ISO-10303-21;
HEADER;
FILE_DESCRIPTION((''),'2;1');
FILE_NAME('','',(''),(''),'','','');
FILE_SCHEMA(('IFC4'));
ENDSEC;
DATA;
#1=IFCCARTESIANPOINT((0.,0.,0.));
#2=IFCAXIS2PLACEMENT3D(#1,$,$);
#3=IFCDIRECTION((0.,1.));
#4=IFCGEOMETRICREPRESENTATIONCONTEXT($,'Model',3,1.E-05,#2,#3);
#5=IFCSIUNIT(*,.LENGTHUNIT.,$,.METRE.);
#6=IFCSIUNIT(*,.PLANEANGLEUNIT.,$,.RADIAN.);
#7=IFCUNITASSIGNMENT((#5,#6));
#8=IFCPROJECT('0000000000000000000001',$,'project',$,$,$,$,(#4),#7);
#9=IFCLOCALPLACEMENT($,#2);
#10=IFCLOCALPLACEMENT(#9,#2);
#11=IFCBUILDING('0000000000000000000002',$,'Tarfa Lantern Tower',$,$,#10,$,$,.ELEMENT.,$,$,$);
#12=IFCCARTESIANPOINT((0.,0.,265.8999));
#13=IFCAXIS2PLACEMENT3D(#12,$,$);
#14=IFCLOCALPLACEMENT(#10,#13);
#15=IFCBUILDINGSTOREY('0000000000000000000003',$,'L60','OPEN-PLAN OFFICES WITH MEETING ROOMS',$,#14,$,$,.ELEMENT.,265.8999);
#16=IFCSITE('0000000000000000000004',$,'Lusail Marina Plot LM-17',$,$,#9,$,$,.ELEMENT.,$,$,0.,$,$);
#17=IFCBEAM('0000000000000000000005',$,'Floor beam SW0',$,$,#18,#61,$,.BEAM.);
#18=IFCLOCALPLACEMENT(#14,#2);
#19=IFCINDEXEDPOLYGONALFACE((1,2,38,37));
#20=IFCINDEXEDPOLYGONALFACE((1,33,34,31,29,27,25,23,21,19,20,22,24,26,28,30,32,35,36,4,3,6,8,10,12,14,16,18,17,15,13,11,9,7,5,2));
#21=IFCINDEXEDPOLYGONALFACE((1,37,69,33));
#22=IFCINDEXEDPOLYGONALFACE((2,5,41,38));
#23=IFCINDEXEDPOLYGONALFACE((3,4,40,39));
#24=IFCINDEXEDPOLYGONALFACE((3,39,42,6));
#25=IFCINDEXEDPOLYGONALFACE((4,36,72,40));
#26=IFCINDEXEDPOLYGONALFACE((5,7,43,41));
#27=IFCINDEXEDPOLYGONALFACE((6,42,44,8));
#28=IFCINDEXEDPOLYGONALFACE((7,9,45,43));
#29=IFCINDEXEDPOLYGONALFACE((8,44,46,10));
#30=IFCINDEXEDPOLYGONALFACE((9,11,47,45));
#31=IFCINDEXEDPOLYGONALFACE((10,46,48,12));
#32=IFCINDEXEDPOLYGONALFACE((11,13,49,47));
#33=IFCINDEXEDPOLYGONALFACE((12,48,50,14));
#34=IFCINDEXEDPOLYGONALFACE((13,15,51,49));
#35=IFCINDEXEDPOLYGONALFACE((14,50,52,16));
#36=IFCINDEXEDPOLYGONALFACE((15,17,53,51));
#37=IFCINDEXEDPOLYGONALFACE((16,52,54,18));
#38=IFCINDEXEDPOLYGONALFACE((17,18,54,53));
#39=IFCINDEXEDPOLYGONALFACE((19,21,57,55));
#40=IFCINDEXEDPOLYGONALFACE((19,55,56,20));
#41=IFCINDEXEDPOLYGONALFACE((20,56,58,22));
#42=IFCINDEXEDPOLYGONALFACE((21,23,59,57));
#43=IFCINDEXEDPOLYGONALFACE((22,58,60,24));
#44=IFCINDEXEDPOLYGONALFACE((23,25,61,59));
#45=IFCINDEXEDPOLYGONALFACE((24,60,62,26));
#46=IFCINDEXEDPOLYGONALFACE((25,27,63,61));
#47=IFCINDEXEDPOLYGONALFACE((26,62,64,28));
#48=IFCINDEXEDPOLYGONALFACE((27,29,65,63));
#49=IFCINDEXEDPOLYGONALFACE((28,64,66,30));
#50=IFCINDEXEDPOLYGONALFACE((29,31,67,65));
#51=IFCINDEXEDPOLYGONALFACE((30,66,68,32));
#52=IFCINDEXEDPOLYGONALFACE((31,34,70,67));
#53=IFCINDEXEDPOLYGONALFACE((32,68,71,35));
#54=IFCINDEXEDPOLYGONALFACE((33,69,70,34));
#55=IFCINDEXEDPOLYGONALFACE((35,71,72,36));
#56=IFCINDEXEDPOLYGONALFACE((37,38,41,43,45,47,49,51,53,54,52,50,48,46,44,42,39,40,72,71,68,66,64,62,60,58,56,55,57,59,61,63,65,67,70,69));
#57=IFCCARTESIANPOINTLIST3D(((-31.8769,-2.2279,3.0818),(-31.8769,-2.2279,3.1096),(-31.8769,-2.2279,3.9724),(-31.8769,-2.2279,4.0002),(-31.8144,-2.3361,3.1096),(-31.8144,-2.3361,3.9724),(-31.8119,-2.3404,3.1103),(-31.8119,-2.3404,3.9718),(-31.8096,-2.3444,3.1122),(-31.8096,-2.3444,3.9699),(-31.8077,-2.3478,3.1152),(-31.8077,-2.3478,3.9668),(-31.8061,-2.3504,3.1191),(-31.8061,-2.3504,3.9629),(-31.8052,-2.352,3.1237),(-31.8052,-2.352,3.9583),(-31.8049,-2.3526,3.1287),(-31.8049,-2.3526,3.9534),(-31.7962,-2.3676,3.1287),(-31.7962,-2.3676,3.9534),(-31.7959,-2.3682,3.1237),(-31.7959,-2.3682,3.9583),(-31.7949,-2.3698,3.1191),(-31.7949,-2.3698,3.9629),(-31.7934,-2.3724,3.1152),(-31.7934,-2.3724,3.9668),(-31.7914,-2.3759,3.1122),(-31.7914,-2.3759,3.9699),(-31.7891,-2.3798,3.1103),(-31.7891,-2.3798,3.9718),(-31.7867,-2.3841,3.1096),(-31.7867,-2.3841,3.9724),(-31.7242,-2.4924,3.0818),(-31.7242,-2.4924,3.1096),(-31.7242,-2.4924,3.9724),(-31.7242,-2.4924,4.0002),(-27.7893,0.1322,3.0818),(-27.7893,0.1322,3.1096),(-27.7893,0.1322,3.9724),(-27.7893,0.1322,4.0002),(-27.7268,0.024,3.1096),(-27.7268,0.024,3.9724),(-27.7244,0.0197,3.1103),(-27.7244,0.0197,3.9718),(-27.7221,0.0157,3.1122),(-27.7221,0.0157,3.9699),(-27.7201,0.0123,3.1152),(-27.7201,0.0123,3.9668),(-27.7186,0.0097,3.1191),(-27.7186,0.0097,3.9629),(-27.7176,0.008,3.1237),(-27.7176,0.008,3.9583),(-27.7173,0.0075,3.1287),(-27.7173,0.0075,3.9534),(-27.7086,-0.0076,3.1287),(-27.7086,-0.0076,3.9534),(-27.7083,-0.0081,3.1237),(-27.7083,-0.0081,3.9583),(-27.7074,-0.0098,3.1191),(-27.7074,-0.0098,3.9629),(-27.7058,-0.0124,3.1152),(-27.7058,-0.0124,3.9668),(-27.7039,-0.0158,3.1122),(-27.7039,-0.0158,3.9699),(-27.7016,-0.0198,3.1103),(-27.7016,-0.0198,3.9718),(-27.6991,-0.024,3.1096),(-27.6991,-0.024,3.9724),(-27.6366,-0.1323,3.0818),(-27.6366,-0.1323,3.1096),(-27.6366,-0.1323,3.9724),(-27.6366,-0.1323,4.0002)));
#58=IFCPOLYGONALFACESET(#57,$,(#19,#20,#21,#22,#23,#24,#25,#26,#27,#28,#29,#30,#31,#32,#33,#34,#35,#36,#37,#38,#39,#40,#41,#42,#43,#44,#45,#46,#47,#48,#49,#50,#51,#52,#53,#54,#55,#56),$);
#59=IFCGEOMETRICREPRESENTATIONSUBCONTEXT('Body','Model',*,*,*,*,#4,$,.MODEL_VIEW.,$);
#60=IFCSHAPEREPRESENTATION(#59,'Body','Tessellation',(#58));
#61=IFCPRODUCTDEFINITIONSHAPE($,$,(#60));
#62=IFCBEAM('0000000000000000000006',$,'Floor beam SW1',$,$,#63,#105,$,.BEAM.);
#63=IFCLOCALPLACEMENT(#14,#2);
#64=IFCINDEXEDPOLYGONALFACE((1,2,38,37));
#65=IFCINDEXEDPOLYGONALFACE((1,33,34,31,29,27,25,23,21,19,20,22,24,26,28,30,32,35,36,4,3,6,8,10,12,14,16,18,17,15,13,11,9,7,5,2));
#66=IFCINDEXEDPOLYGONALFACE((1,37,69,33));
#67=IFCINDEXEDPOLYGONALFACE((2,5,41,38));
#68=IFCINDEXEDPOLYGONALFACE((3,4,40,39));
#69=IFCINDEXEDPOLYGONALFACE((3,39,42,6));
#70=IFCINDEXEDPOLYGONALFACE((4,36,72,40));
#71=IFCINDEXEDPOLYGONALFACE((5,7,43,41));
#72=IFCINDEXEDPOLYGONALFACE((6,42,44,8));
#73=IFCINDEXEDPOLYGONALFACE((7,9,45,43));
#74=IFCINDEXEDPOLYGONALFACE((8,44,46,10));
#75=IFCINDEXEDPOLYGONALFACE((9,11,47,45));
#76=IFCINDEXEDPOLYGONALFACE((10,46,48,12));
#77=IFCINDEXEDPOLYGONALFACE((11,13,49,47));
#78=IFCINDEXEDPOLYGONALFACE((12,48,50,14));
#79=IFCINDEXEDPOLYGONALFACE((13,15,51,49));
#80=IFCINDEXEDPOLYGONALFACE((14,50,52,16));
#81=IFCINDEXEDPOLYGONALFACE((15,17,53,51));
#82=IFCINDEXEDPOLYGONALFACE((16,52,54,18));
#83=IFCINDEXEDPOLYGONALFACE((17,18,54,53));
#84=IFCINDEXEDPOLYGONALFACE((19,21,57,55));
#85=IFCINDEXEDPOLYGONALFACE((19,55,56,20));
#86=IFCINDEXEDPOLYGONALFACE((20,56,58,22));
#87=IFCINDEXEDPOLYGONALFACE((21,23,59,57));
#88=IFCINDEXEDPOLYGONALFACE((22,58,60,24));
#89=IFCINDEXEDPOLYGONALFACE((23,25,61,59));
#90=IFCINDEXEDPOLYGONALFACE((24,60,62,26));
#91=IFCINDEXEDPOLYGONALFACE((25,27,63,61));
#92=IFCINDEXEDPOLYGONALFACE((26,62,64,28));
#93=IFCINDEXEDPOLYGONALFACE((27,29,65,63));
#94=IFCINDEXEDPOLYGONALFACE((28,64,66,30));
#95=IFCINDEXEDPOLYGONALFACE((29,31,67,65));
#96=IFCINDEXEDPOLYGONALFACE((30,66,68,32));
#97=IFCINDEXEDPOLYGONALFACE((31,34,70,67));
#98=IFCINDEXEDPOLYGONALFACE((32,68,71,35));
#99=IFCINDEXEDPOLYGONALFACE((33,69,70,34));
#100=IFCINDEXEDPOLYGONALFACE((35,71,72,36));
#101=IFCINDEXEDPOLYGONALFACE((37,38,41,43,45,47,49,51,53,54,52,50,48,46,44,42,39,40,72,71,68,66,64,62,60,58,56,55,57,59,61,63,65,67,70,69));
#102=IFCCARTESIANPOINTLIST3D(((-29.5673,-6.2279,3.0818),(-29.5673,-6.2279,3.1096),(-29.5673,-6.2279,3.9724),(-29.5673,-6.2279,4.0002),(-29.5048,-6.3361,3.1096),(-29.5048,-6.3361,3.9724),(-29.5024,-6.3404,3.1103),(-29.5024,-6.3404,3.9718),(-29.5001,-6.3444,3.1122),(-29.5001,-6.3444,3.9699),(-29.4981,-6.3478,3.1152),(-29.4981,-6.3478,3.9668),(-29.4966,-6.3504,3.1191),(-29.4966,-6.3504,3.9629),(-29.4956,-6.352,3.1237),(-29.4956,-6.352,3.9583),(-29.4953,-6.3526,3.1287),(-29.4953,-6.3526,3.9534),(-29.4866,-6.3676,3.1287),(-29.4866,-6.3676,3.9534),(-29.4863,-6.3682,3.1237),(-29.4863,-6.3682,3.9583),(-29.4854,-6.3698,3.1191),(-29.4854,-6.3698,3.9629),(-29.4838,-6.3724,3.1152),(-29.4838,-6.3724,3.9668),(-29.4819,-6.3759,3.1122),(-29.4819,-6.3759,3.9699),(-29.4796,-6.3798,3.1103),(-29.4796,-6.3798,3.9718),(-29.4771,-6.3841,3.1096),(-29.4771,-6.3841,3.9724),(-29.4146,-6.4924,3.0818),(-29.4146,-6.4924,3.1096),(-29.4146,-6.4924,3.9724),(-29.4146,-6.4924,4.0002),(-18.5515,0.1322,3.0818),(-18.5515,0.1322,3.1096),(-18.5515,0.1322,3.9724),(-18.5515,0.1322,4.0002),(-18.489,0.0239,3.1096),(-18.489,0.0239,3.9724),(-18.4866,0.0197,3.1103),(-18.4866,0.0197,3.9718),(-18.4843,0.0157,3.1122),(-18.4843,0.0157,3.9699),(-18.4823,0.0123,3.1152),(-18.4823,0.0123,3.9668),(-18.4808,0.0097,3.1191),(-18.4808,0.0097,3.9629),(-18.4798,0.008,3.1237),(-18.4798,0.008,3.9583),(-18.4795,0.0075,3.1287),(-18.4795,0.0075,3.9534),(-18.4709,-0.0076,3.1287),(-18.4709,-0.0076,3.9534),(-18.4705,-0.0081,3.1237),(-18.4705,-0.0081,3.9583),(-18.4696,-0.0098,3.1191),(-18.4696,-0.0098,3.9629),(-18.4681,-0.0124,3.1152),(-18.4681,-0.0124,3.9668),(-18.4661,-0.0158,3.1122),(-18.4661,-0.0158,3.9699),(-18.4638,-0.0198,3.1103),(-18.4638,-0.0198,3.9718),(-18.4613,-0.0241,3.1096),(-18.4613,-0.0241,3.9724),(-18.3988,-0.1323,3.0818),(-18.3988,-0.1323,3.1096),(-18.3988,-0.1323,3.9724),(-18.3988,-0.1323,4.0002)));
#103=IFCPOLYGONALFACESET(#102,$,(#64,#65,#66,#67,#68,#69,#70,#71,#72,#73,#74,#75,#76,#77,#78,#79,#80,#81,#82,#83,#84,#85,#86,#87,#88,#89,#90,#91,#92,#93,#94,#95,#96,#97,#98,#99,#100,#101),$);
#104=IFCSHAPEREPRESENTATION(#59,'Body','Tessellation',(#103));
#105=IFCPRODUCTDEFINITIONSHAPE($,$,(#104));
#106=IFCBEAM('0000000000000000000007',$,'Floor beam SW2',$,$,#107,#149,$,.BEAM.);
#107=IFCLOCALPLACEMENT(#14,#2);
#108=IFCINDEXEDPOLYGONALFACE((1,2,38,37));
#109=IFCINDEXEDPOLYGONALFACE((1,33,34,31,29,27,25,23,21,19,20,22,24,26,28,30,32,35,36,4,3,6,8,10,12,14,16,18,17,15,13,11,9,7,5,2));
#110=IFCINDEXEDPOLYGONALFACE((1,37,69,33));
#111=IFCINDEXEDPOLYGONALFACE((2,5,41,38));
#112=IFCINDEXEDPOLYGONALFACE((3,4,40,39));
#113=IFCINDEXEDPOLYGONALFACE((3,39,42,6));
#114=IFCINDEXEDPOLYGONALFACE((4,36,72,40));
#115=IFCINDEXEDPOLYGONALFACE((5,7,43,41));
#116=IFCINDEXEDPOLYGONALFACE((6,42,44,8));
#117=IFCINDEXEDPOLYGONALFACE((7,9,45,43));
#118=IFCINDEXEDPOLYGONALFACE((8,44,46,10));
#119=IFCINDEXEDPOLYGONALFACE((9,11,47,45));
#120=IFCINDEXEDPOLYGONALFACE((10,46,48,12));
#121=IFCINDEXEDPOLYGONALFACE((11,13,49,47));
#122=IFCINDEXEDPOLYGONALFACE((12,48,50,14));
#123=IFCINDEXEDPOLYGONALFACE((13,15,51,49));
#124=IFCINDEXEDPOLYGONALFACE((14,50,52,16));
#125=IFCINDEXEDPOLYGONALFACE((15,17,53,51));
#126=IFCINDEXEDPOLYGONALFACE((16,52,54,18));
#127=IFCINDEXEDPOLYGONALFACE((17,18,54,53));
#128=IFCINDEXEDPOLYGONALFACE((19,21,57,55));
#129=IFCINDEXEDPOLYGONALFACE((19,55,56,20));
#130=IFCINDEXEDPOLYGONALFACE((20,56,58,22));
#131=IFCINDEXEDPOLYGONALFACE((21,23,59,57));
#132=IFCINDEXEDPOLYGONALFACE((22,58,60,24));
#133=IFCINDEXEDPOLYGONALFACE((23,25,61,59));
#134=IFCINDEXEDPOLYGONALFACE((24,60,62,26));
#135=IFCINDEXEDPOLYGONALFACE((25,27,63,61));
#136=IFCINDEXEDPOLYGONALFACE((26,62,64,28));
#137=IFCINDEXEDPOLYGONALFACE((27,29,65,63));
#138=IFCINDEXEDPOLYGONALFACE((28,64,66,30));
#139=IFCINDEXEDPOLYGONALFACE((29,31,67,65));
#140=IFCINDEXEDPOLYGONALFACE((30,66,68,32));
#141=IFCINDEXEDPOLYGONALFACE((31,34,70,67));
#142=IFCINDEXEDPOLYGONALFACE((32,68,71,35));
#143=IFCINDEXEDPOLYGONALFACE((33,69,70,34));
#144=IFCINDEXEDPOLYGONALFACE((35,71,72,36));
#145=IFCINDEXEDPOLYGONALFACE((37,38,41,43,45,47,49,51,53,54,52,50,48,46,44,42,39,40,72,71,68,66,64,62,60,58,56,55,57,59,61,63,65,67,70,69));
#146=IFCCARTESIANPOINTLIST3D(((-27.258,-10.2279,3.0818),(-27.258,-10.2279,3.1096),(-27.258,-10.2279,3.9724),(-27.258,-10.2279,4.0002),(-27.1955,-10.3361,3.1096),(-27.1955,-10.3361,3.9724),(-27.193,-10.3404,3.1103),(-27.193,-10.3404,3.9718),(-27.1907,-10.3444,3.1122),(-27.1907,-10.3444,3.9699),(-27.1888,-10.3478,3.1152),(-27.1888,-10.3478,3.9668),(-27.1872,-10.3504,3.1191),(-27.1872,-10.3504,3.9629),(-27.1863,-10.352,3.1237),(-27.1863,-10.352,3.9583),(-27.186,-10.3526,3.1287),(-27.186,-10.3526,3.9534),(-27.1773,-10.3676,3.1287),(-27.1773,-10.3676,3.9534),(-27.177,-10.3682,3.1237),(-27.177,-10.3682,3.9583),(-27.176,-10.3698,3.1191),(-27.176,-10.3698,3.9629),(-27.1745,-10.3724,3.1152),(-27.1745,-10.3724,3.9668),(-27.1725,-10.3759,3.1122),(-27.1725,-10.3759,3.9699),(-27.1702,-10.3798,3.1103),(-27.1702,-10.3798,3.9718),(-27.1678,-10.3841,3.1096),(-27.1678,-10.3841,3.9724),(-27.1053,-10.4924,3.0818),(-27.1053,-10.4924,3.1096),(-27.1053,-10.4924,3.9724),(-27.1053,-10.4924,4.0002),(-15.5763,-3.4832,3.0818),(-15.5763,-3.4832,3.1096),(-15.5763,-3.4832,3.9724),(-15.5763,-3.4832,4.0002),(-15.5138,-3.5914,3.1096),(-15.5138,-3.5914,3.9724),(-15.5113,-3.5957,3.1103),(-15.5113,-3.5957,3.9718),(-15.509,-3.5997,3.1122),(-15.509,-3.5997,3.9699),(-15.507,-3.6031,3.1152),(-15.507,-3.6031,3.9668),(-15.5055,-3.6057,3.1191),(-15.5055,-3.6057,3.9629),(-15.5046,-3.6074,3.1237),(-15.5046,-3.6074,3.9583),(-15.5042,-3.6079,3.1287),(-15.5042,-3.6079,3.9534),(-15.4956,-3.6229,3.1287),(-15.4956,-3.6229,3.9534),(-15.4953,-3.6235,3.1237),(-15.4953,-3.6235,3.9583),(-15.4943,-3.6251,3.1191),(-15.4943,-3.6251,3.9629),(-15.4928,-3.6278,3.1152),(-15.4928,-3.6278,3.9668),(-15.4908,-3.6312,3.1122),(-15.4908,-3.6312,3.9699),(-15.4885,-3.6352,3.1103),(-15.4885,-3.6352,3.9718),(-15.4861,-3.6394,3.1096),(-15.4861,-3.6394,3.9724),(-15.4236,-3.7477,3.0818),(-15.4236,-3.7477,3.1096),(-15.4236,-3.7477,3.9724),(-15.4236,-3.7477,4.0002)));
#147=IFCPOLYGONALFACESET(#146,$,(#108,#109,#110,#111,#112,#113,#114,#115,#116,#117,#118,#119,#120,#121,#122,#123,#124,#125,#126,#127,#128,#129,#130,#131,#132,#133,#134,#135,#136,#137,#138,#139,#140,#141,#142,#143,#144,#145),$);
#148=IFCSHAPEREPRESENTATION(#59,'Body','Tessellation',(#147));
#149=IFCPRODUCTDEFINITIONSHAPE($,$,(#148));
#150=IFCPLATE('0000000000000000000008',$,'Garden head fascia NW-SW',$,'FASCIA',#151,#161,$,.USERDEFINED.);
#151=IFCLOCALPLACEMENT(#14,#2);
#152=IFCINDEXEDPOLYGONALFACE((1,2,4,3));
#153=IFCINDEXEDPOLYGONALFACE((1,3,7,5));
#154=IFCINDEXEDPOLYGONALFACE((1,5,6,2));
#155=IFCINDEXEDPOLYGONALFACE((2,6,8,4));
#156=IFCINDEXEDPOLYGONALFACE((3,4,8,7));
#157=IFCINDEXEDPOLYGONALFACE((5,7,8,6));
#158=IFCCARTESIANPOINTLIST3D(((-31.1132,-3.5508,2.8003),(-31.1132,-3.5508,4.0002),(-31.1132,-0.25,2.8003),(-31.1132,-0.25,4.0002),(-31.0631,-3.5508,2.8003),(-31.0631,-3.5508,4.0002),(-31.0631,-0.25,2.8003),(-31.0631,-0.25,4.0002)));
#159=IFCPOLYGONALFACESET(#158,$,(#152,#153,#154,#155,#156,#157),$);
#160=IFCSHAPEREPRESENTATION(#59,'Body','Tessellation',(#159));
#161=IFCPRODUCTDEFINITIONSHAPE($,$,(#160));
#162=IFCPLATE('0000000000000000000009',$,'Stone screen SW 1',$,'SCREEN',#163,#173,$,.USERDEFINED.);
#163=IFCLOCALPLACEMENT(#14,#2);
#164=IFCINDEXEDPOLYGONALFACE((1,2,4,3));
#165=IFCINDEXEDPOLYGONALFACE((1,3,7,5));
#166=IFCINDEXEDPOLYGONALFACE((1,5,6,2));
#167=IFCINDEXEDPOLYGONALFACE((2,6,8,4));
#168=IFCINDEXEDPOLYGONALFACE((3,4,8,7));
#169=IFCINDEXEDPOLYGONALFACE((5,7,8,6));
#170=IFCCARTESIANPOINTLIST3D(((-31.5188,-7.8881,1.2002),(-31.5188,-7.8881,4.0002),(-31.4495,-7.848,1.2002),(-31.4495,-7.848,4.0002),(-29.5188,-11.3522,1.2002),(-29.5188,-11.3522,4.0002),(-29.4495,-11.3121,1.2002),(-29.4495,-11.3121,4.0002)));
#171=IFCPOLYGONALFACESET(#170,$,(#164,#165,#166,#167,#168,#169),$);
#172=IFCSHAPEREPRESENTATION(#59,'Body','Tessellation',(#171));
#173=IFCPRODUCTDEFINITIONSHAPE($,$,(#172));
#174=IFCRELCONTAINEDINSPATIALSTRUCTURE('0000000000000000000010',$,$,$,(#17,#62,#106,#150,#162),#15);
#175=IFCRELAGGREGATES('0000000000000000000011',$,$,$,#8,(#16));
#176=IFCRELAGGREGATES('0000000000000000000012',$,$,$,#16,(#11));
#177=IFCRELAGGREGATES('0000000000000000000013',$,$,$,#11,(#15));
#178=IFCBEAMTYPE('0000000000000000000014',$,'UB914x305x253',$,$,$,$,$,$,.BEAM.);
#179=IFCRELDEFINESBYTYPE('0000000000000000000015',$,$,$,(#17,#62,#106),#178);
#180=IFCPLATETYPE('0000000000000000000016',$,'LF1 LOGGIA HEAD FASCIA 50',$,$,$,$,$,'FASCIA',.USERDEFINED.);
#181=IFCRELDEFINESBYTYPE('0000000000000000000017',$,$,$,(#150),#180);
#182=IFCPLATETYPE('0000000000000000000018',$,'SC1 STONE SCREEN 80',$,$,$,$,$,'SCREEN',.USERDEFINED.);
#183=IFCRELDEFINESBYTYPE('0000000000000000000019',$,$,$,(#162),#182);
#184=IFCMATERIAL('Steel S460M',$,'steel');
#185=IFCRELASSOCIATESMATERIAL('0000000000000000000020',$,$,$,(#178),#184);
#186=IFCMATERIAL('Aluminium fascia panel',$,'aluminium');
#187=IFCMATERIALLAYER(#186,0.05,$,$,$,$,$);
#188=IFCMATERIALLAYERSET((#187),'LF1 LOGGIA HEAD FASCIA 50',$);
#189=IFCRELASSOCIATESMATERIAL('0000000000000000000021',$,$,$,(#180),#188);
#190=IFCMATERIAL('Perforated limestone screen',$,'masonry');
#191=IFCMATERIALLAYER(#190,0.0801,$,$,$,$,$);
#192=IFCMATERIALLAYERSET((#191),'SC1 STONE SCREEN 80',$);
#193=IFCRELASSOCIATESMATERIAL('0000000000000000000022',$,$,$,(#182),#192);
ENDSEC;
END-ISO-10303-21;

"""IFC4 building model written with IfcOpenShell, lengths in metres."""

from ifc_helpers import new_model, si_unit, direction, frame, origin, origin_2d, place, context, subcontext, project, spatial, rectangle, i_section, extrude, material, layer, layer_set, material_profile, profile_set, type_object, element, save


model = new_model("IFC4")

# Units and contexts
model_context = context("Model", 3, precision=1e-05, world=origin(), true_north=direction((0.0, 1.0)))
body_context = subcontext(model_context, "Body", "Model", "MODEL_VIEW")
ifc_project = project(units=[si_unit("LENGTHUNIT", "METRE"), si_unit("PLANEANGLEUNIT", "RADIAN")], contexts=[model_context])

# Site, building, storey
site_placement = place(None, origin())
site = spatial("IfcSite", under=ifc_project, at=site_placement, Name="Lusail Marina Plot LM-17", CompositionType="ELEMENT", RefElevation=0.0)
building_placement = place(site_placement, origin())
building = spatial("IfcBuilding", under=site, at=building_placement, Name="Tarfa Lantern Tower", CompositionType="ELEMENT")
storey_placement = place(building_placement, frame((0.0, 0.0, 265.8999)))
storey = spatial("IfcBuildingStorey", under=building, at=storey_placement, Name="L60", Description="OPEN-PLAN OFFICES WITH MEETING ROOMS", CompositionType="ELEMENT", Elevation=265.8999)

# Beams
ifc_material_1 = material(Name="Steel S460M", Category="steel")
ifc_material_profile_1 = material_profile(ifc_material_1, i_section(OverallWidth=0.3054, OverallDepth=0.9185, WebThickness=0.0173, FlangeThickness=0.0278, FilletRadius=0.019, at=origin_2d()), Name="UB914x305x253")
ifc_profile_set_1 = profile_set([ifc_material_profile_1], Name="Steel S460M")
beam_type_1 = type_object("IfcBeamType", Name="UB914x305x253", PredefinedType="BEAM", material=ifc_profile_set_1)
beam_1_placement = place(storey_placement, frame((-31.8005, -2.3601, 3.541), z_axis=(0.866016, 0.500016, 0.0), x_axis=(-0.500016, 0.866016, 0.0)))
element("IfcBeam", 1, at=beam_1_placement, inside=storey, type_object=beam_type_1, Name="Floor beam SW0", PredefinedType="BEAM", context=body_context, shape_type="SweptSolid", body=[
    extrude(i_section(OverallWidth=0.3054, OverallDepth=0.9185, WebThickness=0.0173, FlangeThickness=0.0278, FilletRadius=0.019, at=origin_2d()), origin(), (0.0, 0.0, 1.0), 4.72),
])
beam_2_placement = place(storey_placement, frame((-29.491, -6.3601, 3.541), z_axis=(0.866022, 0.500005, 0.0), x_axis=(-0.500005, 0.866022, 0.0)))
element("IfcBeam", 2, at=beam_2_placement, inside=storey, type_object=beam_type_1, Name="Floor beam SW1", PredefinedType="BEAM", context=body_context, shape_type="SweptSolid", body=[
    extrude(i_section(OverallWidth=0.3054, OverallDepth=0.9185, WebThickness=0.0173, FlangeThickness=0.0278, FilletRadius=0.019, at=origin_2d()), origin(), (0.0, 0.0, 1.0), 12.72),
])
beam_3_placement = place(storey_placement, frame((-27.1816, -10.3601, 3.541), z_axis=(0.866018, 0.500013, 0.0), x_axis=(-0.500013, 0.866018, 0.0)))
element("IfcBeam", 3, at=beam_3_placement, inside=storey, type_object=beam_type_1, Name="Floor beam SW2", PredefinedType="BEAM", context=body_context, shape_type="SweptSolid", body=[
    extrude(i_section(OverallWidth=0.3054, OverallDepth=0.9185, WebThickness=0.0173, FlangeThickness=0.0278, FilletRadius=0.019, at=origin_2d()), origin(), (0.0, 0.0, 1.0), 13.489),
])

# Plates
ifc_material_2 = material(Name="Aluminium fascia panel", Category="aluminium")
ifc_layer_1 = layer(ifc_material_2, 0.05)
ifc_layer_set_1 = layer_set([ifc_layer_1], Name="LF1 LOGGIA HEAD FASCIA 50")
plate_type_1 = type_object("IfcPlateType", Name="LF1 LOGGIA HEAD FASCIA 50", ElementType="FASCIA", PredefinedType="USERDEFINED", material=ifc_layer_set_1)
plate_1_placement = place(storey_placement, frame((-31.0881, -1.9004, 2.8003), z_axis=(0.0, 0.0, 1.0), x_axis=(0.0, -1.0, 0.0)))
element("IfcPlate", 4, at=plate_1_placement, inside=storey, type_object=plate_type_1, Name="Garden head fascia NW-SW", ObjectType="FASCIA", PredefinedType="USERDEFINED", context=body_context, shape_type="SweptSolid", body=[
    extrude(rectangle(XDim=3.3008, YDim=0.05, at=origin_2d()), origin(), (0.0, 0.0, 1.0), 1.2),
])
ifc_material_3 = material(Name="Perforated limestone screen", Category="masonry")
ifc_layer_2 = layer(ifc_material_3, 0.0801)
ifc_layer_set_2 = layer_set([ifc_layer_2], Name="SC1 STONE SCREEN 80")
plate_type_2 = type_object("IfcPlateType", Name="SC1 STONE SCREEN 80", ElementType="SCREEN", PredefinedType="USERDEFINED", material=ifc_layer_set_2)
plate_2_placement = place(storey_placement, frame((-30.4841, -9.6001, 1.2002), z_axis=(0.0, 0.0, 1.0), x_axis=(0.5, -0.866025, 0.0)))
element("IfcPlate", 5, at=plate_2_placement, inside=storey, type_object=plate_type_2, Name="Stone screen SW 1", ObjectType="SCREEN", PredefinedType="USERDEFINED", context=body_context, shape_type="SweptSolid", body=[
    extrude(rectangle(XDim=4.0, YDim=0.0801, at=origin_2d()), origin(), (0.0, 0.0, 1.0), 2.8),
])

save(model, "model.ifc")
